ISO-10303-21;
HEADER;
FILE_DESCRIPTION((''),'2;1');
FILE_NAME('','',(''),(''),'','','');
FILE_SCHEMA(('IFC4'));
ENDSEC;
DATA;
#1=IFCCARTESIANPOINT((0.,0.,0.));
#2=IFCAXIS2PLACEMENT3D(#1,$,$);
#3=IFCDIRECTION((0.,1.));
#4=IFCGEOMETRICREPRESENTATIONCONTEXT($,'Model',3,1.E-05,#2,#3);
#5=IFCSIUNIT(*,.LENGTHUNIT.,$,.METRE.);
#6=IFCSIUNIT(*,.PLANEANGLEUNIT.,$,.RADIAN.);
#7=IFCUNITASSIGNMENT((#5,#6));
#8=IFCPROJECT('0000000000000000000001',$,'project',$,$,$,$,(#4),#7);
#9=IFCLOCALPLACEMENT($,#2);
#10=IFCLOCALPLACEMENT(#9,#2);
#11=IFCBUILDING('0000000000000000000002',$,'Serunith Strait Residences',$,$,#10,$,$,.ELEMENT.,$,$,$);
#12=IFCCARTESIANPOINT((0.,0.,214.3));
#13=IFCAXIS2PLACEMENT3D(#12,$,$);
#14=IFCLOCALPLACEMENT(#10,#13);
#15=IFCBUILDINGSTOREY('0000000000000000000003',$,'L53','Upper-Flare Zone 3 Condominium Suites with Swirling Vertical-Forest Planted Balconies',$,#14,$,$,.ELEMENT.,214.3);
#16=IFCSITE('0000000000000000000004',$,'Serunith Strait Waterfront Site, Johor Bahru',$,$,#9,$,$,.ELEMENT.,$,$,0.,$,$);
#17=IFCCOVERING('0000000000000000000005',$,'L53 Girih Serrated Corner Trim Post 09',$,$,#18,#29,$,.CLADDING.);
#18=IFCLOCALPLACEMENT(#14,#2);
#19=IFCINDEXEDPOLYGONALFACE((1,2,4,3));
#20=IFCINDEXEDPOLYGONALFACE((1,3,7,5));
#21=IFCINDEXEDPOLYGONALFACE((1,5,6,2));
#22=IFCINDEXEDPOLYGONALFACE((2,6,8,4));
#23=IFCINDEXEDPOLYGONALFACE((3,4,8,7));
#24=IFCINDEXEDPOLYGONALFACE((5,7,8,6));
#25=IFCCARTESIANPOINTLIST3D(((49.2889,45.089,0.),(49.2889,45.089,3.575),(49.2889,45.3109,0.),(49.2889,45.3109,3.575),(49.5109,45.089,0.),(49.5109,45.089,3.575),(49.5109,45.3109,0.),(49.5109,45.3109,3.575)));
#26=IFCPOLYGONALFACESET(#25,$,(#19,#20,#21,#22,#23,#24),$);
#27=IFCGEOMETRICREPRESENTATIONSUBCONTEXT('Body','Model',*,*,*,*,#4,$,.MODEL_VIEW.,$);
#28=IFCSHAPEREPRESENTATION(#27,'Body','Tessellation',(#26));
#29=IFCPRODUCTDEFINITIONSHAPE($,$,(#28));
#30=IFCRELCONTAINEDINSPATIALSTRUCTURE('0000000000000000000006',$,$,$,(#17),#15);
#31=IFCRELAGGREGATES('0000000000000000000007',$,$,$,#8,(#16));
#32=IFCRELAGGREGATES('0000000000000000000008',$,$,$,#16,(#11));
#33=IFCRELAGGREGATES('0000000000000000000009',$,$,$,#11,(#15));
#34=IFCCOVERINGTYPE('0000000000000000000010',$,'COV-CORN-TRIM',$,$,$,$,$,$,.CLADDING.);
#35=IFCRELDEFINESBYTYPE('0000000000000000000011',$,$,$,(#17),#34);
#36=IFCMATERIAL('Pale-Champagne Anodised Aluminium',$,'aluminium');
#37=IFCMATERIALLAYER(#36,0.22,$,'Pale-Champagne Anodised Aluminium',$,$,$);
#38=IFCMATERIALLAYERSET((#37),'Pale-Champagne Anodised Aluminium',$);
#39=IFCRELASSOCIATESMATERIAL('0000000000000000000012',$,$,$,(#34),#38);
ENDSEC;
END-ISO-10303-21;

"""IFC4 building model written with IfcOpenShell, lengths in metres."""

from ifc_helpers import new_model, si_unit, direction, frame, origin, origin_2d, place, context, subcontext, project, spatial, rectangle, extrude, source, transform, mapped, material, layer, layer_set, type_object, element, save


model = new_model("IFC4")

# Units and contexts
model_context = context("Model", 3, precision=1e-05, world=origin(), true_north=direction((0.0, 1.0)))
body_context = subcontext(model_context, "Body", "Model", "MODEL_VIEW")
ifc_project = project(units=[si_unit("LENGTHUNIT", "METRE"), si_unit("PLANEANGLEUNIT", "RADIAN")], contexts=[model_context])

# Site, building, storey
site_placement = place(None, origin())
site = spatial("IfcSite", under=ifc_project, at=site_placement, Name="Serunith Strait Waterfront Site, Johor Bahru", CompositionType="ELEMENT", RefElevation=0.0)
building_placement = place(site_placement, origin())
building = spatial("IfcBuilding", under=site, at=building_placement, Name="Serunith Strait Residences", CompositionType="ELEMENT")
storey_placement = place(building_placement, frame((0.0, 0.0, 214.3)))
storey = spatial("IfcBuildingStorey", under=building, at=storey_placement, Name="L53", Description="Upper-Flare Zone 3 Condominium Suites with Swirling Vertical-Forest Planted Balconies", CompositionType="ELEMENT", Elevation=214.3)

# Shared definitions
ifc_material_1 = material(Name="Pale-Champagne Anodised Aluminium", Category="aluminium")

# Covering
ifc_layer_1 = layer(ifc_material_1, 0.22, Name="Pale-Champagne Anodised Aluminium")
ifc_layer_set_1 = layer_set([ifc_layer_1], Name="Pale-Champagne Anodised Aluminium")
covering_type = type_object("IfcCoveringType", Name="COV-CORN-TRIM", PredefinedType="CLADDING", material=ifc_layer_set_1)
shared_shape_1 = source(origin(), body_context, "Body", "SweptSolid", [
    extrude(rectangle(XDim=0.2219, YDim=0.2219, at=origin_2d()), origin(), (0.0, 0.0, 1.0), 3.575),
])
for number, where, z_axis, x_axis, name in (
    (1, (49.3999, 45.2, 0.0), (0.0, 0.0, 1.0), (1.0, 0.0, 0.0), "L53 Girih Serrated Corner Trim Post 09"),
):
    element("IfcCovering", number, at=place(storey_placement, frame(where, z_axis=z_axis, x_axis=x_axis)), inside=storey, type_object=covering_type, Name=name, PredefinedType="CLADDING", context=body_context, shape_type="MappedRepresentation", body=[
        mapped(shared_shape_1, transform((0.0, 0.0, 0.0), scale=1.0)),
    ])

save(model, "model.ifc")
